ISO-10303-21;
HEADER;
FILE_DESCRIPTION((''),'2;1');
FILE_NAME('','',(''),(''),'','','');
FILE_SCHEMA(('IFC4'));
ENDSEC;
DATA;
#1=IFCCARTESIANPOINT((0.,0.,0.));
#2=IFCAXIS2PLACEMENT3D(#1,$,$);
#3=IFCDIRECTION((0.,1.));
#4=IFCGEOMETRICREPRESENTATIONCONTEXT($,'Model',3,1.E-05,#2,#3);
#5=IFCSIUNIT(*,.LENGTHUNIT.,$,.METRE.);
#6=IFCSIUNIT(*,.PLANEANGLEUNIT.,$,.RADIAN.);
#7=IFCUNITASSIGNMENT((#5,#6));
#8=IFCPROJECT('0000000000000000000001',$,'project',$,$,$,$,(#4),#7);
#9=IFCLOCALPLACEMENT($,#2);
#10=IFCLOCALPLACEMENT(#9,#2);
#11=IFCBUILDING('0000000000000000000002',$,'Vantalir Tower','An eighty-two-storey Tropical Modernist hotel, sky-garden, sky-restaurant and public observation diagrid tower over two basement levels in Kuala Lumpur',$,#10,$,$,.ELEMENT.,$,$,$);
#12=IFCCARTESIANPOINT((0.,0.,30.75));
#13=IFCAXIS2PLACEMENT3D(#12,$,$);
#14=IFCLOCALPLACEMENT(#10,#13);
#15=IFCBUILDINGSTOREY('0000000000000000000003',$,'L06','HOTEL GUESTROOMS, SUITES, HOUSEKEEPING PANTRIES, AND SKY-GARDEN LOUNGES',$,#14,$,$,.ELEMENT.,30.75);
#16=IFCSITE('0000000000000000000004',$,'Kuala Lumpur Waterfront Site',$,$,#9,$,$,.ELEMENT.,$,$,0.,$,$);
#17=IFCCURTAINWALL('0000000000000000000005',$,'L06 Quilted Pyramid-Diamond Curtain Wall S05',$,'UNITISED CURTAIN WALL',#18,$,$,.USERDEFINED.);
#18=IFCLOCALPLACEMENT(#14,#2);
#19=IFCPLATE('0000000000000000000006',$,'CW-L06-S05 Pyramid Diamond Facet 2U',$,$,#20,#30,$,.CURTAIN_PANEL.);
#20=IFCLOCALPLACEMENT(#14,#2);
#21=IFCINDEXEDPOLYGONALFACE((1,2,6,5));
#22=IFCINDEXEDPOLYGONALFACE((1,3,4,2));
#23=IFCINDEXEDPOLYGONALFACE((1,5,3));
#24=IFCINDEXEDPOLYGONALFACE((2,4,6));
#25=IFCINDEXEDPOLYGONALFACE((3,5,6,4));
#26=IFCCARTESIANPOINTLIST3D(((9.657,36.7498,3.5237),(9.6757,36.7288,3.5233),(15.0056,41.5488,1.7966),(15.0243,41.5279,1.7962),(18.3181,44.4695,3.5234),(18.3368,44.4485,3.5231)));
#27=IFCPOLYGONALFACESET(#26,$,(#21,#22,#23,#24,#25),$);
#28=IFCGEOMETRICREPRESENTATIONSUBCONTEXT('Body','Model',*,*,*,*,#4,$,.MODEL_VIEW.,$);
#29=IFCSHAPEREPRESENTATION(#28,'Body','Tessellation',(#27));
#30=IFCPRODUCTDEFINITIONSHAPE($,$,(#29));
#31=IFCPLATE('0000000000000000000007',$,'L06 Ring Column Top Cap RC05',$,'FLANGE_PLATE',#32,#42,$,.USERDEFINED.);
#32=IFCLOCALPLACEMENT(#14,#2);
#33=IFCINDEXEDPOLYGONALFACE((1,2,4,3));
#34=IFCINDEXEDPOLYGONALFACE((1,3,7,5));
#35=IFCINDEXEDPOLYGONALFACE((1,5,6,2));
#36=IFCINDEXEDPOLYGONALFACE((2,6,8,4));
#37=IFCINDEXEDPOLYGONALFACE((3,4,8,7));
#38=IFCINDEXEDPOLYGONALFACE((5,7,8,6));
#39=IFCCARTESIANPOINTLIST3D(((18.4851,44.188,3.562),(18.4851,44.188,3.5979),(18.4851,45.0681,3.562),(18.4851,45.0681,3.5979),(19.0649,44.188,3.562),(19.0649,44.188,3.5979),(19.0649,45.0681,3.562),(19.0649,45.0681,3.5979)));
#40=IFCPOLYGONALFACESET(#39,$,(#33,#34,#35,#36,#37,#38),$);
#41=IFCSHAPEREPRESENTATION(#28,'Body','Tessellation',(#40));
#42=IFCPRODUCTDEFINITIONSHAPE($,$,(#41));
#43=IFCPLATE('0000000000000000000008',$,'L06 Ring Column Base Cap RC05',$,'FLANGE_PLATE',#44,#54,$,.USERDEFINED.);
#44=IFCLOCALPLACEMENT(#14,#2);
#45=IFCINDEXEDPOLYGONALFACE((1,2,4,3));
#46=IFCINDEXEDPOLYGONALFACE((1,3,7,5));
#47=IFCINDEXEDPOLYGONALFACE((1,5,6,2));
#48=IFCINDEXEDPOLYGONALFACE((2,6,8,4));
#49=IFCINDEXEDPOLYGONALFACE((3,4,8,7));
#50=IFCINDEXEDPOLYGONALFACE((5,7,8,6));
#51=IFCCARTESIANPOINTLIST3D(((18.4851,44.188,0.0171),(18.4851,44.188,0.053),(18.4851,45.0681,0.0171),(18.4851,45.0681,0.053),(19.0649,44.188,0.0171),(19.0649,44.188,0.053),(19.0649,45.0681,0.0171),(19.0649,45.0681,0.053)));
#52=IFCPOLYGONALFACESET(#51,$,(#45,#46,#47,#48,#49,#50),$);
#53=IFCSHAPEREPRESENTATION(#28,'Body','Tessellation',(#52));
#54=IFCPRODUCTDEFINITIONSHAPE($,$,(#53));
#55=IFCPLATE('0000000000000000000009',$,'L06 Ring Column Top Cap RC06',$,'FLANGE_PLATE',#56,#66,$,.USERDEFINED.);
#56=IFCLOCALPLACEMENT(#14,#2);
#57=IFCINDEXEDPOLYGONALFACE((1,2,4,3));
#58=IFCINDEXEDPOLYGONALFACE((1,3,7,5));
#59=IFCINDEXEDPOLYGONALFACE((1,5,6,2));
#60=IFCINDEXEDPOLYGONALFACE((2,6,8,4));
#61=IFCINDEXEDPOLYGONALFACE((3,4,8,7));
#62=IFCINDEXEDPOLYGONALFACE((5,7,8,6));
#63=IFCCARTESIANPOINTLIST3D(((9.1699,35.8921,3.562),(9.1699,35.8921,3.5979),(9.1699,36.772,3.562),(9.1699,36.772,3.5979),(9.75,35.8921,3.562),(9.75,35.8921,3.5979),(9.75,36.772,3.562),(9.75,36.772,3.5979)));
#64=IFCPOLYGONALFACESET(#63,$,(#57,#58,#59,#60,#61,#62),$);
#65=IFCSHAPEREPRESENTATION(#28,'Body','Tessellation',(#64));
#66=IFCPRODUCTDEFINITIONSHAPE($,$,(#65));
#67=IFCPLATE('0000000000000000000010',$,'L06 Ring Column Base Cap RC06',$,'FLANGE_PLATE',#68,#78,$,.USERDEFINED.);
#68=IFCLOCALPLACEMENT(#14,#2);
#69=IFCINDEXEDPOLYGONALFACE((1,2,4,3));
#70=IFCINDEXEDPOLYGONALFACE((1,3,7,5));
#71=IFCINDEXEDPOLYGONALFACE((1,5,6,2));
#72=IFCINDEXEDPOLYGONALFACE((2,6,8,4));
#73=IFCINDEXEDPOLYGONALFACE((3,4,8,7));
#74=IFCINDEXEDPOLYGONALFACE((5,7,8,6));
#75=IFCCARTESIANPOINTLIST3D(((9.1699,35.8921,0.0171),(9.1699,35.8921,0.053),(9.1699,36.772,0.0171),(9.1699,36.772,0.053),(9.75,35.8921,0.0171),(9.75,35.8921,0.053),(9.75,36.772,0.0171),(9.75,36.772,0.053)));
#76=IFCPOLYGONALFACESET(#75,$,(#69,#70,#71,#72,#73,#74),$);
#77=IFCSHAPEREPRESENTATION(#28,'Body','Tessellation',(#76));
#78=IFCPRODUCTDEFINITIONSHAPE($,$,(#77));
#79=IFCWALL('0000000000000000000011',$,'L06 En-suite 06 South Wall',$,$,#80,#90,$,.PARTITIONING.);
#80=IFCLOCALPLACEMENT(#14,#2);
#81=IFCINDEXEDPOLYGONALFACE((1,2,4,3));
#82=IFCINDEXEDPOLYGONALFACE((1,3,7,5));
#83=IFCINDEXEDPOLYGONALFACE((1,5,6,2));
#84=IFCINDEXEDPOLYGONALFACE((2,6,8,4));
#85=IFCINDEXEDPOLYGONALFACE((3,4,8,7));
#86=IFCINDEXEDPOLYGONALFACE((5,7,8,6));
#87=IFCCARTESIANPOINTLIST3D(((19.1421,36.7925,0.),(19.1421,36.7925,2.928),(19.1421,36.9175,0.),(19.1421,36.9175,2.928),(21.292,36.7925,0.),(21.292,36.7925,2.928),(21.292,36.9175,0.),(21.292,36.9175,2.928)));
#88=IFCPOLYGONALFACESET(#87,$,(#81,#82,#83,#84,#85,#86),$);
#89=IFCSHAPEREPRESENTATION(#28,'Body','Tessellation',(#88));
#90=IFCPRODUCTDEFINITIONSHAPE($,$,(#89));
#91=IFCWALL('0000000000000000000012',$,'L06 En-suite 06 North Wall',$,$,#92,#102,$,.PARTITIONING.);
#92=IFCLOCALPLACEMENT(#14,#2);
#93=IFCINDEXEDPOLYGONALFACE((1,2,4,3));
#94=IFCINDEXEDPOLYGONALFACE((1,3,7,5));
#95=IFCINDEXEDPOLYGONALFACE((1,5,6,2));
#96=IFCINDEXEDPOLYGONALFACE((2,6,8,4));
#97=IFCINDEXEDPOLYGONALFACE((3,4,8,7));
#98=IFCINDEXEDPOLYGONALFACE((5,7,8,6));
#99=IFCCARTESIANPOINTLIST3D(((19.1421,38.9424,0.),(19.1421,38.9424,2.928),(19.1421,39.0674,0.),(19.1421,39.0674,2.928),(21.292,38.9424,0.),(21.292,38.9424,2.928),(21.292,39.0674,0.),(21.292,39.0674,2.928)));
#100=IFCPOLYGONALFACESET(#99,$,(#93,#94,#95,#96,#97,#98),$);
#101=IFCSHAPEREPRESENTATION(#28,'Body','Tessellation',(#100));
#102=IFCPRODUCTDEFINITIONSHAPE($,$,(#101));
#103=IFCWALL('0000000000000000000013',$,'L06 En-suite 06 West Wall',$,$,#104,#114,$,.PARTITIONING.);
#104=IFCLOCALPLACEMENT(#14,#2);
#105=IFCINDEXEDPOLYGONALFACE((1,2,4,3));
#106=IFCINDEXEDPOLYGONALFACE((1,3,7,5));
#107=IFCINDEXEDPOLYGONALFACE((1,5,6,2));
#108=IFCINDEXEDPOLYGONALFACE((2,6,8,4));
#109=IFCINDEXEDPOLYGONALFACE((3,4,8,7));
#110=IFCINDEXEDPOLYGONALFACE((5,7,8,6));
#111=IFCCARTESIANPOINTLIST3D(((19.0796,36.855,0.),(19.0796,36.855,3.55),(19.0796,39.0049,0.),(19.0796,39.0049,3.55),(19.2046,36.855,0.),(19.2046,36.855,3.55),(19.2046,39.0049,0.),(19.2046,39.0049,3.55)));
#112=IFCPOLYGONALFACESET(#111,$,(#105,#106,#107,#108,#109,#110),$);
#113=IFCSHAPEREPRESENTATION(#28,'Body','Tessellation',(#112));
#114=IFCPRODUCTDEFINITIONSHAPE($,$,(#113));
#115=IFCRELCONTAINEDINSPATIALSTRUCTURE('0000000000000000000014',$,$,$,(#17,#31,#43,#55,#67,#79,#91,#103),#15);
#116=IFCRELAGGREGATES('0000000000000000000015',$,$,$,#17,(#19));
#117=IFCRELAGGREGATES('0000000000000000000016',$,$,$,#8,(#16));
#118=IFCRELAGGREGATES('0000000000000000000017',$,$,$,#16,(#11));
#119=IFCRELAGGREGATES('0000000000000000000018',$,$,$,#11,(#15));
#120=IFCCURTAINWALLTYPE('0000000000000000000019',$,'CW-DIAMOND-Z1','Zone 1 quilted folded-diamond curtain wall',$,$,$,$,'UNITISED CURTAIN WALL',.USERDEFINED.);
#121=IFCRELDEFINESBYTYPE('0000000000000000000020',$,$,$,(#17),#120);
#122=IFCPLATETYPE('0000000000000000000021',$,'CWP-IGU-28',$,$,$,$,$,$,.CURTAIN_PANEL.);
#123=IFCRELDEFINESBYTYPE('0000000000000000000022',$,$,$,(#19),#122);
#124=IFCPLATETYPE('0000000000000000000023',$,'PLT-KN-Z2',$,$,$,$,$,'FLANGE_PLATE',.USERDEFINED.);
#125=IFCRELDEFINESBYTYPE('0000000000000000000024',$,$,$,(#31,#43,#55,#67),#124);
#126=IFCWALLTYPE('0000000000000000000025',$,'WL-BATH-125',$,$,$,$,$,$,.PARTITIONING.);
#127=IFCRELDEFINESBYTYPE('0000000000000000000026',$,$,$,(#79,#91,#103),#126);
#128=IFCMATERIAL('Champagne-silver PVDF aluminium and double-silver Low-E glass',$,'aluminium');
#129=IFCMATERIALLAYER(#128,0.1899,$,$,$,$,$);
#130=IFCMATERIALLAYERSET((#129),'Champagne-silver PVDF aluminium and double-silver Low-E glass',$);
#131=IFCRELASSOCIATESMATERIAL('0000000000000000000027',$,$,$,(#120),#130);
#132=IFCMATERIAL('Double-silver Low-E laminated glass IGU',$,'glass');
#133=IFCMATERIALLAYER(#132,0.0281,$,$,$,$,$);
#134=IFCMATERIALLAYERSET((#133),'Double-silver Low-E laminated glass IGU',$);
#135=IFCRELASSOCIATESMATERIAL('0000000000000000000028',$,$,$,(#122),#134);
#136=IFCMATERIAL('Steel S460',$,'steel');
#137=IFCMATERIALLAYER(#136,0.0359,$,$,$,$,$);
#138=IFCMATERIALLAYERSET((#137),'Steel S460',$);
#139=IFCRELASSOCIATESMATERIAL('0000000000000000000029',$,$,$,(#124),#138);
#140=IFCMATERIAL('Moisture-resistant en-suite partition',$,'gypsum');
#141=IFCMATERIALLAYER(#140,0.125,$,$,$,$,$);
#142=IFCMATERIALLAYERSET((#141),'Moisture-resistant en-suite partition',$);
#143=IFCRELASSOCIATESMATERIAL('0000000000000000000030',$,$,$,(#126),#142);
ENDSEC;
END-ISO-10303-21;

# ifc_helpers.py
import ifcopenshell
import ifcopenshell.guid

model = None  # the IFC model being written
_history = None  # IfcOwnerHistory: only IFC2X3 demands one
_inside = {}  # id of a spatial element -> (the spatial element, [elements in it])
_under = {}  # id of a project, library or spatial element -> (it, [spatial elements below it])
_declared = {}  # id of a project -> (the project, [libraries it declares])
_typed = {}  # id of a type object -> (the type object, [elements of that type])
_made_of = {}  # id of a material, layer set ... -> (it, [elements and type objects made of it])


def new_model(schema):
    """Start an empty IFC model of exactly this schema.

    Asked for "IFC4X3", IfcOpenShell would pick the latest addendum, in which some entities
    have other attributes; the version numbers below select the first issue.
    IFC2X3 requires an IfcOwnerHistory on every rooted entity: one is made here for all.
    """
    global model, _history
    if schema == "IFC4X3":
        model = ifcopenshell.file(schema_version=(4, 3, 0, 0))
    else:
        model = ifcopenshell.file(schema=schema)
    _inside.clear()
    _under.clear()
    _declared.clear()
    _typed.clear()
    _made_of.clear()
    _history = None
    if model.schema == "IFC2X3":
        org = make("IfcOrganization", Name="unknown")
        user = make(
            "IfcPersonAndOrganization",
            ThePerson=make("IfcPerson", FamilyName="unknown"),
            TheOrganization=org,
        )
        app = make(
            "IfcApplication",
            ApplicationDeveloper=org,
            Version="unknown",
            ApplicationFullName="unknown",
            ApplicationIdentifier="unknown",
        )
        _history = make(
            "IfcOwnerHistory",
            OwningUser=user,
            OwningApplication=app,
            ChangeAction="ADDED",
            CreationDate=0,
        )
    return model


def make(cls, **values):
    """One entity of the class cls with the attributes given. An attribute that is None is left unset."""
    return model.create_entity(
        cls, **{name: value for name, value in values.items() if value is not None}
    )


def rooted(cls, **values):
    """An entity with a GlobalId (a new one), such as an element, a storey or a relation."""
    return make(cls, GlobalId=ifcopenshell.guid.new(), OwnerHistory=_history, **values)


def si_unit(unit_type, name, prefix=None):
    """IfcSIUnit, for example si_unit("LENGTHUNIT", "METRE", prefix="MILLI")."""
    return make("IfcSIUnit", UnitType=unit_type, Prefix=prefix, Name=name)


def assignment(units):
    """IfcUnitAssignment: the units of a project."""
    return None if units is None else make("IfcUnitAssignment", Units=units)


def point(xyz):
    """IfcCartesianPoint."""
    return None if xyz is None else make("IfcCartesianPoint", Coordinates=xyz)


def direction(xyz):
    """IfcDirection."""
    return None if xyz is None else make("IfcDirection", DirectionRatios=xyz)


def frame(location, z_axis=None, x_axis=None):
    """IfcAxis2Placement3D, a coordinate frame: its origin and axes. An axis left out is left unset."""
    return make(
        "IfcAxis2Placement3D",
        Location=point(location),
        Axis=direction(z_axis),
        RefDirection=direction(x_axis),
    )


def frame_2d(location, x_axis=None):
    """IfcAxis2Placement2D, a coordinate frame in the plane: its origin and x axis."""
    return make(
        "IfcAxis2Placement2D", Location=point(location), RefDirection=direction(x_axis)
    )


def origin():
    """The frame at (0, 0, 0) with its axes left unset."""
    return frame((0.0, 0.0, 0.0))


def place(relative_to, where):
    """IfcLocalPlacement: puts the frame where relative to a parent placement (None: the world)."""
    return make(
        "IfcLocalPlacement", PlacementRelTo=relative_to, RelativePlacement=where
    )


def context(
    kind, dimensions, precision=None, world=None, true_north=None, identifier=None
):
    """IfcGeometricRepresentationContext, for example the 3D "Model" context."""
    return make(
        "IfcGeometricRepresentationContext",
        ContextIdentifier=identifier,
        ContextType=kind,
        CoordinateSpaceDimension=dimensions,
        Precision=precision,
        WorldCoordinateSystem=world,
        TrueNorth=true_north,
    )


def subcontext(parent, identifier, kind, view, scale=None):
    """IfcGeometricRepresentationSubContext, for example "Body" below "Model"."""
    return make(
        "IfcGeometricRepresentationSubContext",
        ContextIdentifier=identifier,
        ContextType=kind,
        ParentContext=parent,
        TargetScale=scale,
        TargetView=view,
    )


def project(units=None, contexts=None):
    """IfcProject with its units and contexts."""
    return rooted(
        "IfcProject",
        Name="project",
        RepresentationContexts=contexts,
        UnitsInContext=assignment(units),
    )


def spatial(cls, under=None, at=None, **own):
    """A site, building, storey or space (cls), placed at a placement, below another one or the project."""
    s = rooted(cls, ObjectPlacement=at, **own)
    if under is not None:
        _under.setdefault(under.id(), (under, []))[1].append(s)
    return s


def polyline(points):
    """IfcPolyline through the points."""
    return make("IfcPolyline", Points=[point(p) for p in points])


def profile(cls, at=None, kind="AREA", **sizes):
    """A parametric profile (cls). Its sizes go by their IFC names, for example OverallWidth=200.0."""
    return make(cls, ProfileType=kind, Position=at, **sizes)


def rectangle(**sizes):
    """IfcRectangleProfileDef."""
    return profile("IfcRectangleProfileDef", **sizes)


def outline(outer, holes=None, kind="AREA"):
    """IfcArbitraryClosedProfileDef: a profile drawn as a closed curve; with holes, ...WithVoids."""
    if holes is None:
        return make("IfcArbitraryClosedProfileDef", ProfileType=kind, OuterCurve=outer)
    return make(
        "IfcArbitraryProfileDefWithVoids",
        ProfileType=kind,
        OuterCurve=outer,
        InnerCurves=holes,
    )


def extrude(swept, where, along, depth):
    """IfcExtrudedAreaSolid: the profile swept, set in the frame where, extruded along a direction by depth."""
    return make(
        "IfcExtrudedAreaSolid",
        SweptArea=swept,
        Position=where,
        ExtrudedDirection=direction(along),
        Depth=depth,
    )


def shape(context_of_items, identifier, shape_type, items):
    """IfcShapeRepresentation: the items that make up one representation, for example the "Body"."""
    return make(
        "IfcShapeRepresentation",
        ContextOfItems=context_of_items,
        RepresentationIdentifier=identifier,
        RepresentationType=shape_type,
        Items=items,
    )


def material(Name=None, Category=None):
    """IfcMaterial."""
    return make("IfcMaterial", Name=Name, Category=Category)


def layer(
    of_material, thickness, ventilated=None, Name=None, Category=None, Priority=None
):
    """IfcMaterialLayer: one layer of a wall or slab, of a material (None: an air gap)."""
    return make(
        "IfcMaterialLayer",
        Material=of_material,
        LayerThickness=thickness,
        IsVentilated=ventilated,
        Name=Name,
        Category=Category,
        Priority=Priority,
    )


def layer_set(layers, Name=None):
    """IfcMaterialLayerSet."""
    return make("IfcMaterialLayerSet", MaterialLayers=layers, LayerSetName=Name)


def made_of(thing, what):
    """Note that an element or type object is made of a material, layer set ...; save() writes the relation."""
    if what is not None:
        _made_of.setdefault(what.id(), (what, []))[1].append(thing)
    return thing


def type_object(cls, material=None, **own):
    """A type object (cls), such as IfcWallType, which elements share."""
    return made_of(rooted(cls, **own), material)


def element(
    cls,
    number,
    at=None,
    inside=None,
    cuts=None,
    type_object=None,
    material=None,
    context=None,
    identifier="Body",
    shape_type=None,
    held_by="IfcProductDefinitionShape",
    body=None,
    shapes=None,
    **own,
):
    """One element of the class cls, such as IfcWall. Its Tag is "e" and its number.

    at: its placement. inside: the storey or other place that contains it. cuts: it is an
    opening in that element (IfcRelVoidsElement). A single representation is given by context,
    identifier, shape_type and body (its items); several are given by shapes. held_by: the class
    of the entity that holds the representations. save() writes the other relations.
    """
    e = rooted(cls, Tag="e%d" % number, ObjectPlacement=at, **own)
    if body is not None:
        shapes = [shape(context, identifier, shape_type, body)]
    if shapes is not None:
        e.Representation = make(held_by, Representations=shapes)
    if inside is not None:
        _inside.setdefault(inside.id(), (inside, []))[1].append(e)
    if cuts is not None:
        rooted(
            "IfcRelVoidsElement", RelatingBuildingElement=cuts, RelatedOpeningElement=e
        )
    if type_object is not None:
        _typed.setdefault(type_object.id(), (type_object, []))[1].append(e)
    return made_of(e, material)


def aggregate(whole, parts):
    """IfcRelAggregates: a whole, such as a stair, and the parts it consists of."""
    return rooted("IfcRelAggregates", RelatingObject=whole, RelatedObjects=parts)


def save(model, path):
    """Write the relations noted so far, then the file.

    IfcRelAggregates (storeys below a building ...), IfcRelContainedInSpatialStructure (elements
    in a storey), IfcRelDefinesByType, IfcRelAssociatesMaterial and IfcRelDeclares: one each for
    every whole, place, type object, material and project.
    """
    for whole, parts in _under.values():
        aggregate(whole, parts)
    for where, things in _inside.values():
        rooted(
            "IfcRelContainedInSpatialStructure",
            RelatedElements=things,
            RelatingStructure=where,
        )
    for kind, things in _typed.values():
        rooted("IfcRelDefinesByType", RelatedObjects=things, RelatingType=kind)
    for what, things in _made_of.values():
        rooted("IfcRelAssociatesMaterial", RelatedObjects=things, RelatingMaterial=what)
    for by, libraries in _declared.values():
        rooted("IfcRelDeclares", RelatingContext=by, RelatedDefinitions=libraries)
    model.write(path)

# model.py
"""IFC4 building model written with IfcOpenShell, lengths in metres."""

from ifc_helpers import new_model, si_unit, direction, frame, frame_2d, origin, place, context, subcontext, project, spatial, polyline, rectangle, outline, extrude, material, layer, layer_set, type_object, element, aggregate, save


model = new_model("IFC4")

# Units and contexts
model_context = context("Model", 3, precision=1e-05, world=origin(), true_north=direction((0.0, 1.0)))
body_context = subcontext(model_context, "Body", "Model", "MODEL_VIEW")
ifc_project = project(units=[si_unit("LENGTHUNIT", "METRE"), si_unit("PLANEANGLEUNIT", "RADIAN")], contexts=[model_context])

# Site, building, storey
site_placement = place(None, origin())
site = spatial("IfcSite", under=ifc_project, at=site_placement, Name="Kuala Lumpur Waterfront Site", CompositionType="ELEMENT", RefElevation=0.0)
building_placement = place(site_placement, origin())
building = spatial("IfcBuilding", under=site, at=building_placement, Name="Vantalir Tower", Description="An eighty-two-storey Tropical Modernist hotel, sky-garden, sky-restaurant and public observation diagrid tower over two basement levels in Kuala Lumpur", CompositionType="ELEMENT")
storey_placement = place(building_placement, frame((0.0, 0.0, 30.75)))
storey = spatial("IfcBuildingStorey", under=building, at=storey_placement, Name="L06", Description="HOTEL GUESTROOMS, SUITES, HOUSEKEEPING PANTRIES, AND SKY-GARDEN LOUNGES", CompositionType="ELEMENT", Elevation=30.75)

# Shared definitions
ifc_material_1 = material(Name="Steel S460", Category="steel")

# Shared definitions
ifc_material_2 = material(Name="Champagne-silver PVDF aluminium and double-silver Low-E glass", Category="aluminium")
ifc_layer_1 = layer(ifc_material_2, 0.1899)
ifc_layer_set_1 = layer_set([ifc_layer_1], Name="Champagne-silver PVDF aluminium and double-silver Low-E glass")
curtain_wall_type = type_object("IfcCurtainWallType", Name="CW-DIAMOND-Z1", Description="Zone 1 quilted folded-diamond curtain wall", ElementType="UNITISED CURTAIN WALL", PredefinedType="USERDEFINED", material=ifc_layer_set_1)

# Curtain wall
curtain_wall_1_placement = place(storey_placement, origin())
curtain_wall_1 = element("IfcCurtainWall", 1, at=curtain_wall_1_placement, inside=storey, type_object=curtain_wall_type, Name="L06 Quilted Pyramid-Diamond Curtain Wall S05", ObjectType="UNITISED CURTAIN WALL", PredefinedType="USERDEFINED")

# Plate
ifc_material_3 = material(Name="Double-silver Low-E laminated glass IGU", Category="glass")
ifc_layer_2 = layer(ifc_material_3, 0.0281)
ifc_layer_set_2 = layer_set([ifc_layer_2], Name="Double-silver Low-E laminated glass IGU")
plate_type_1 = type_object("IfcPlateType", Name="CWP-IGU-28", PredefinedType="CURTAIN_PANEL", material=ifc_layer_set_2)
plate_1_placement = place(storey_placement, frame((9.657, 36.7498, 3.5237), z_axis=(-0.665308, 0.746442, 0.013745), x_axis=(0.746512, 0.665372, -0.000021)))
plate_1 = element("IfcPlate", 2, at=plate_1_placement, type_object=plate_type_1, Name="CW-L06-S05 Pyramid Diamond Facet 2U", PredefinedType="CURTAIN_PANEL", context=body_context, shape_type="SweptSolid", body=[
    extrude(outline(polyline([(0.0, 0.0), (11.6021, 0.0), (7.186, 1.7271), (0.0, 0.0)])), origin(), (0.0, 0.0, -1.0), 0.0281),
])
aggregate(curtain_wall_1, [plate_1])

# Plates
ifc_layer_3 = layer(ifc_material_1, 0.0359)
ifc_layer_set_3 = layer_set([ifc_layer_3], Name="Steel S460")
plate_type_2 = type_object("IfcPlateType", Name="PLT-KN-Z2", ElementType="FLANGE_PLATE", PredefinedType="USERDEFINED", material=ifc_layer_set_3)
for number, where, z_axis, x_axis, name in (
    (3, (18.4851, 45.0681, 3.5979), (0.0, 0.0, 1.0), (0.0, -1.0, 0.0), "L06 Ring Column Top Cap RC05"),
    (4, (18.4851, 45.0681, 0.053), (0.0, 0.0, 1.0), (0.0, -1.0, 0.0), "L06 Ring Column Base Cap RC05"),
):
    element("IfcPlate", number, at=place(storey_placement, frame(where, z_axis=z_axis, x_axis=x_axis)), inside=storey, type_object=plate_type_2, Name=name, ObjectType="FLANGE_PLATE", PredefinedType="USERDEFINED", context=body_context, shape_type="SweptSolid", body=[
        extrude(outline(polyline([(0.0, 0.0), (0.8801, 0.0), (0.8801, 0.5798), (0.0, 0.5798), (0.0, 0.0)])), origin(), (0.0, 0.0, -1.0), 0.0359),
    ])
for number, where, z_axis, x_axis, name in (
    (5, (9.1699, 36.772, 3.5979), (0.0, 0.0, 1.0), (0.0, -1.0, 0.0), "L06 Ring Column Top Cap RC06"),
    (6, (9.1699, 36.772, 0.053), (0.0, 0.0, 1.0), (0.0, -1.0, 0.0), "L06 Ring Column Base Cap RC06"),
):
    element("IfcPlate", number, at=place(storey_placement, frame(where, z_axis=z_axis, x_axis=x_axis)), inside=storey, type_object=plate_type_2, Name=name, ObjectType="FLANGE_PLATE", PredefinedType="USERDEFINED", context=body_context, shape_type="SweptSolid", body=[
        extrude(outline(polyline([(0.0, 0.0), (0.8799, 0.0), (0.8799, 0.5801), (0.0, 0.5801), (0.0, 0.0)])), origin(), (0.0, 0.0, -1.0), 0.0359),
    ])

# Walls
ifc_material_4 = material(Name="Moisture-resistant en-suite partition", Category="gypsum")
ifc_layer_4 = layer(ifc_material_4, 0.125)
ifc_layer_set_4 = layer_set([ifc_layer_4], Name="Moisture-resistant en-suite partition")
wall_type = type_object("IfcWallType", Name="WL-BATH-125", PredefinedType="PARTITIONING", material=ifc_layer_set_4)
for number, where, z_axis, x_axis, name in (
    (7, (19.1421, 36.855, 0.0), (0.0, 0.0, 1.0), (1.0, 0.0, 0.0), "L06 En-suite 06 South Wall"),
    (8, (19.1421, 39.0049, 0.0), (0.0, 0.0, 1.0), (1.0, 0.0, 0.0), "L06 En-suite 06 North Wall"),
):
    element("IfcWall", number, at=place(storey_placement, frame(where, z_axis=z_axis, x_axis=x_axis)), inside=storey, type_object=wall_type, Name=name, PredefinedType="PARTITIONING", context=body_context, shape_type="SweptSolid", body=[
        extrude(rectangle(XDim=2.1499, YDim=0.125, at=frame_2d((1.075, 0.0))), origin(), (0.0, 0.0, 1.0), 2.928),
    ])
wall_placement = place(storey_placement, frame((19.1421, 36.855, 0.0), z_axis=(0.0, 0.0, 1.0), x_axis=(0.0, 1.0, 0.0)))
element("IfcWall", 9, at=wall_placement, inside=storey, type_object=wall_type, Name="L06 En-suite 06 West Wall", PredefinedType="PARTITIONING", context=body_context, shape_type="SweptSolid", body=[
    extrude(rectangle(XDim=2.1499, YDim=0.125, at=frame_2d((1.075, 0.0))), origin(), (0.0, 0.0, 1.0), 3.55),
])

save(model, "model.ifc")
